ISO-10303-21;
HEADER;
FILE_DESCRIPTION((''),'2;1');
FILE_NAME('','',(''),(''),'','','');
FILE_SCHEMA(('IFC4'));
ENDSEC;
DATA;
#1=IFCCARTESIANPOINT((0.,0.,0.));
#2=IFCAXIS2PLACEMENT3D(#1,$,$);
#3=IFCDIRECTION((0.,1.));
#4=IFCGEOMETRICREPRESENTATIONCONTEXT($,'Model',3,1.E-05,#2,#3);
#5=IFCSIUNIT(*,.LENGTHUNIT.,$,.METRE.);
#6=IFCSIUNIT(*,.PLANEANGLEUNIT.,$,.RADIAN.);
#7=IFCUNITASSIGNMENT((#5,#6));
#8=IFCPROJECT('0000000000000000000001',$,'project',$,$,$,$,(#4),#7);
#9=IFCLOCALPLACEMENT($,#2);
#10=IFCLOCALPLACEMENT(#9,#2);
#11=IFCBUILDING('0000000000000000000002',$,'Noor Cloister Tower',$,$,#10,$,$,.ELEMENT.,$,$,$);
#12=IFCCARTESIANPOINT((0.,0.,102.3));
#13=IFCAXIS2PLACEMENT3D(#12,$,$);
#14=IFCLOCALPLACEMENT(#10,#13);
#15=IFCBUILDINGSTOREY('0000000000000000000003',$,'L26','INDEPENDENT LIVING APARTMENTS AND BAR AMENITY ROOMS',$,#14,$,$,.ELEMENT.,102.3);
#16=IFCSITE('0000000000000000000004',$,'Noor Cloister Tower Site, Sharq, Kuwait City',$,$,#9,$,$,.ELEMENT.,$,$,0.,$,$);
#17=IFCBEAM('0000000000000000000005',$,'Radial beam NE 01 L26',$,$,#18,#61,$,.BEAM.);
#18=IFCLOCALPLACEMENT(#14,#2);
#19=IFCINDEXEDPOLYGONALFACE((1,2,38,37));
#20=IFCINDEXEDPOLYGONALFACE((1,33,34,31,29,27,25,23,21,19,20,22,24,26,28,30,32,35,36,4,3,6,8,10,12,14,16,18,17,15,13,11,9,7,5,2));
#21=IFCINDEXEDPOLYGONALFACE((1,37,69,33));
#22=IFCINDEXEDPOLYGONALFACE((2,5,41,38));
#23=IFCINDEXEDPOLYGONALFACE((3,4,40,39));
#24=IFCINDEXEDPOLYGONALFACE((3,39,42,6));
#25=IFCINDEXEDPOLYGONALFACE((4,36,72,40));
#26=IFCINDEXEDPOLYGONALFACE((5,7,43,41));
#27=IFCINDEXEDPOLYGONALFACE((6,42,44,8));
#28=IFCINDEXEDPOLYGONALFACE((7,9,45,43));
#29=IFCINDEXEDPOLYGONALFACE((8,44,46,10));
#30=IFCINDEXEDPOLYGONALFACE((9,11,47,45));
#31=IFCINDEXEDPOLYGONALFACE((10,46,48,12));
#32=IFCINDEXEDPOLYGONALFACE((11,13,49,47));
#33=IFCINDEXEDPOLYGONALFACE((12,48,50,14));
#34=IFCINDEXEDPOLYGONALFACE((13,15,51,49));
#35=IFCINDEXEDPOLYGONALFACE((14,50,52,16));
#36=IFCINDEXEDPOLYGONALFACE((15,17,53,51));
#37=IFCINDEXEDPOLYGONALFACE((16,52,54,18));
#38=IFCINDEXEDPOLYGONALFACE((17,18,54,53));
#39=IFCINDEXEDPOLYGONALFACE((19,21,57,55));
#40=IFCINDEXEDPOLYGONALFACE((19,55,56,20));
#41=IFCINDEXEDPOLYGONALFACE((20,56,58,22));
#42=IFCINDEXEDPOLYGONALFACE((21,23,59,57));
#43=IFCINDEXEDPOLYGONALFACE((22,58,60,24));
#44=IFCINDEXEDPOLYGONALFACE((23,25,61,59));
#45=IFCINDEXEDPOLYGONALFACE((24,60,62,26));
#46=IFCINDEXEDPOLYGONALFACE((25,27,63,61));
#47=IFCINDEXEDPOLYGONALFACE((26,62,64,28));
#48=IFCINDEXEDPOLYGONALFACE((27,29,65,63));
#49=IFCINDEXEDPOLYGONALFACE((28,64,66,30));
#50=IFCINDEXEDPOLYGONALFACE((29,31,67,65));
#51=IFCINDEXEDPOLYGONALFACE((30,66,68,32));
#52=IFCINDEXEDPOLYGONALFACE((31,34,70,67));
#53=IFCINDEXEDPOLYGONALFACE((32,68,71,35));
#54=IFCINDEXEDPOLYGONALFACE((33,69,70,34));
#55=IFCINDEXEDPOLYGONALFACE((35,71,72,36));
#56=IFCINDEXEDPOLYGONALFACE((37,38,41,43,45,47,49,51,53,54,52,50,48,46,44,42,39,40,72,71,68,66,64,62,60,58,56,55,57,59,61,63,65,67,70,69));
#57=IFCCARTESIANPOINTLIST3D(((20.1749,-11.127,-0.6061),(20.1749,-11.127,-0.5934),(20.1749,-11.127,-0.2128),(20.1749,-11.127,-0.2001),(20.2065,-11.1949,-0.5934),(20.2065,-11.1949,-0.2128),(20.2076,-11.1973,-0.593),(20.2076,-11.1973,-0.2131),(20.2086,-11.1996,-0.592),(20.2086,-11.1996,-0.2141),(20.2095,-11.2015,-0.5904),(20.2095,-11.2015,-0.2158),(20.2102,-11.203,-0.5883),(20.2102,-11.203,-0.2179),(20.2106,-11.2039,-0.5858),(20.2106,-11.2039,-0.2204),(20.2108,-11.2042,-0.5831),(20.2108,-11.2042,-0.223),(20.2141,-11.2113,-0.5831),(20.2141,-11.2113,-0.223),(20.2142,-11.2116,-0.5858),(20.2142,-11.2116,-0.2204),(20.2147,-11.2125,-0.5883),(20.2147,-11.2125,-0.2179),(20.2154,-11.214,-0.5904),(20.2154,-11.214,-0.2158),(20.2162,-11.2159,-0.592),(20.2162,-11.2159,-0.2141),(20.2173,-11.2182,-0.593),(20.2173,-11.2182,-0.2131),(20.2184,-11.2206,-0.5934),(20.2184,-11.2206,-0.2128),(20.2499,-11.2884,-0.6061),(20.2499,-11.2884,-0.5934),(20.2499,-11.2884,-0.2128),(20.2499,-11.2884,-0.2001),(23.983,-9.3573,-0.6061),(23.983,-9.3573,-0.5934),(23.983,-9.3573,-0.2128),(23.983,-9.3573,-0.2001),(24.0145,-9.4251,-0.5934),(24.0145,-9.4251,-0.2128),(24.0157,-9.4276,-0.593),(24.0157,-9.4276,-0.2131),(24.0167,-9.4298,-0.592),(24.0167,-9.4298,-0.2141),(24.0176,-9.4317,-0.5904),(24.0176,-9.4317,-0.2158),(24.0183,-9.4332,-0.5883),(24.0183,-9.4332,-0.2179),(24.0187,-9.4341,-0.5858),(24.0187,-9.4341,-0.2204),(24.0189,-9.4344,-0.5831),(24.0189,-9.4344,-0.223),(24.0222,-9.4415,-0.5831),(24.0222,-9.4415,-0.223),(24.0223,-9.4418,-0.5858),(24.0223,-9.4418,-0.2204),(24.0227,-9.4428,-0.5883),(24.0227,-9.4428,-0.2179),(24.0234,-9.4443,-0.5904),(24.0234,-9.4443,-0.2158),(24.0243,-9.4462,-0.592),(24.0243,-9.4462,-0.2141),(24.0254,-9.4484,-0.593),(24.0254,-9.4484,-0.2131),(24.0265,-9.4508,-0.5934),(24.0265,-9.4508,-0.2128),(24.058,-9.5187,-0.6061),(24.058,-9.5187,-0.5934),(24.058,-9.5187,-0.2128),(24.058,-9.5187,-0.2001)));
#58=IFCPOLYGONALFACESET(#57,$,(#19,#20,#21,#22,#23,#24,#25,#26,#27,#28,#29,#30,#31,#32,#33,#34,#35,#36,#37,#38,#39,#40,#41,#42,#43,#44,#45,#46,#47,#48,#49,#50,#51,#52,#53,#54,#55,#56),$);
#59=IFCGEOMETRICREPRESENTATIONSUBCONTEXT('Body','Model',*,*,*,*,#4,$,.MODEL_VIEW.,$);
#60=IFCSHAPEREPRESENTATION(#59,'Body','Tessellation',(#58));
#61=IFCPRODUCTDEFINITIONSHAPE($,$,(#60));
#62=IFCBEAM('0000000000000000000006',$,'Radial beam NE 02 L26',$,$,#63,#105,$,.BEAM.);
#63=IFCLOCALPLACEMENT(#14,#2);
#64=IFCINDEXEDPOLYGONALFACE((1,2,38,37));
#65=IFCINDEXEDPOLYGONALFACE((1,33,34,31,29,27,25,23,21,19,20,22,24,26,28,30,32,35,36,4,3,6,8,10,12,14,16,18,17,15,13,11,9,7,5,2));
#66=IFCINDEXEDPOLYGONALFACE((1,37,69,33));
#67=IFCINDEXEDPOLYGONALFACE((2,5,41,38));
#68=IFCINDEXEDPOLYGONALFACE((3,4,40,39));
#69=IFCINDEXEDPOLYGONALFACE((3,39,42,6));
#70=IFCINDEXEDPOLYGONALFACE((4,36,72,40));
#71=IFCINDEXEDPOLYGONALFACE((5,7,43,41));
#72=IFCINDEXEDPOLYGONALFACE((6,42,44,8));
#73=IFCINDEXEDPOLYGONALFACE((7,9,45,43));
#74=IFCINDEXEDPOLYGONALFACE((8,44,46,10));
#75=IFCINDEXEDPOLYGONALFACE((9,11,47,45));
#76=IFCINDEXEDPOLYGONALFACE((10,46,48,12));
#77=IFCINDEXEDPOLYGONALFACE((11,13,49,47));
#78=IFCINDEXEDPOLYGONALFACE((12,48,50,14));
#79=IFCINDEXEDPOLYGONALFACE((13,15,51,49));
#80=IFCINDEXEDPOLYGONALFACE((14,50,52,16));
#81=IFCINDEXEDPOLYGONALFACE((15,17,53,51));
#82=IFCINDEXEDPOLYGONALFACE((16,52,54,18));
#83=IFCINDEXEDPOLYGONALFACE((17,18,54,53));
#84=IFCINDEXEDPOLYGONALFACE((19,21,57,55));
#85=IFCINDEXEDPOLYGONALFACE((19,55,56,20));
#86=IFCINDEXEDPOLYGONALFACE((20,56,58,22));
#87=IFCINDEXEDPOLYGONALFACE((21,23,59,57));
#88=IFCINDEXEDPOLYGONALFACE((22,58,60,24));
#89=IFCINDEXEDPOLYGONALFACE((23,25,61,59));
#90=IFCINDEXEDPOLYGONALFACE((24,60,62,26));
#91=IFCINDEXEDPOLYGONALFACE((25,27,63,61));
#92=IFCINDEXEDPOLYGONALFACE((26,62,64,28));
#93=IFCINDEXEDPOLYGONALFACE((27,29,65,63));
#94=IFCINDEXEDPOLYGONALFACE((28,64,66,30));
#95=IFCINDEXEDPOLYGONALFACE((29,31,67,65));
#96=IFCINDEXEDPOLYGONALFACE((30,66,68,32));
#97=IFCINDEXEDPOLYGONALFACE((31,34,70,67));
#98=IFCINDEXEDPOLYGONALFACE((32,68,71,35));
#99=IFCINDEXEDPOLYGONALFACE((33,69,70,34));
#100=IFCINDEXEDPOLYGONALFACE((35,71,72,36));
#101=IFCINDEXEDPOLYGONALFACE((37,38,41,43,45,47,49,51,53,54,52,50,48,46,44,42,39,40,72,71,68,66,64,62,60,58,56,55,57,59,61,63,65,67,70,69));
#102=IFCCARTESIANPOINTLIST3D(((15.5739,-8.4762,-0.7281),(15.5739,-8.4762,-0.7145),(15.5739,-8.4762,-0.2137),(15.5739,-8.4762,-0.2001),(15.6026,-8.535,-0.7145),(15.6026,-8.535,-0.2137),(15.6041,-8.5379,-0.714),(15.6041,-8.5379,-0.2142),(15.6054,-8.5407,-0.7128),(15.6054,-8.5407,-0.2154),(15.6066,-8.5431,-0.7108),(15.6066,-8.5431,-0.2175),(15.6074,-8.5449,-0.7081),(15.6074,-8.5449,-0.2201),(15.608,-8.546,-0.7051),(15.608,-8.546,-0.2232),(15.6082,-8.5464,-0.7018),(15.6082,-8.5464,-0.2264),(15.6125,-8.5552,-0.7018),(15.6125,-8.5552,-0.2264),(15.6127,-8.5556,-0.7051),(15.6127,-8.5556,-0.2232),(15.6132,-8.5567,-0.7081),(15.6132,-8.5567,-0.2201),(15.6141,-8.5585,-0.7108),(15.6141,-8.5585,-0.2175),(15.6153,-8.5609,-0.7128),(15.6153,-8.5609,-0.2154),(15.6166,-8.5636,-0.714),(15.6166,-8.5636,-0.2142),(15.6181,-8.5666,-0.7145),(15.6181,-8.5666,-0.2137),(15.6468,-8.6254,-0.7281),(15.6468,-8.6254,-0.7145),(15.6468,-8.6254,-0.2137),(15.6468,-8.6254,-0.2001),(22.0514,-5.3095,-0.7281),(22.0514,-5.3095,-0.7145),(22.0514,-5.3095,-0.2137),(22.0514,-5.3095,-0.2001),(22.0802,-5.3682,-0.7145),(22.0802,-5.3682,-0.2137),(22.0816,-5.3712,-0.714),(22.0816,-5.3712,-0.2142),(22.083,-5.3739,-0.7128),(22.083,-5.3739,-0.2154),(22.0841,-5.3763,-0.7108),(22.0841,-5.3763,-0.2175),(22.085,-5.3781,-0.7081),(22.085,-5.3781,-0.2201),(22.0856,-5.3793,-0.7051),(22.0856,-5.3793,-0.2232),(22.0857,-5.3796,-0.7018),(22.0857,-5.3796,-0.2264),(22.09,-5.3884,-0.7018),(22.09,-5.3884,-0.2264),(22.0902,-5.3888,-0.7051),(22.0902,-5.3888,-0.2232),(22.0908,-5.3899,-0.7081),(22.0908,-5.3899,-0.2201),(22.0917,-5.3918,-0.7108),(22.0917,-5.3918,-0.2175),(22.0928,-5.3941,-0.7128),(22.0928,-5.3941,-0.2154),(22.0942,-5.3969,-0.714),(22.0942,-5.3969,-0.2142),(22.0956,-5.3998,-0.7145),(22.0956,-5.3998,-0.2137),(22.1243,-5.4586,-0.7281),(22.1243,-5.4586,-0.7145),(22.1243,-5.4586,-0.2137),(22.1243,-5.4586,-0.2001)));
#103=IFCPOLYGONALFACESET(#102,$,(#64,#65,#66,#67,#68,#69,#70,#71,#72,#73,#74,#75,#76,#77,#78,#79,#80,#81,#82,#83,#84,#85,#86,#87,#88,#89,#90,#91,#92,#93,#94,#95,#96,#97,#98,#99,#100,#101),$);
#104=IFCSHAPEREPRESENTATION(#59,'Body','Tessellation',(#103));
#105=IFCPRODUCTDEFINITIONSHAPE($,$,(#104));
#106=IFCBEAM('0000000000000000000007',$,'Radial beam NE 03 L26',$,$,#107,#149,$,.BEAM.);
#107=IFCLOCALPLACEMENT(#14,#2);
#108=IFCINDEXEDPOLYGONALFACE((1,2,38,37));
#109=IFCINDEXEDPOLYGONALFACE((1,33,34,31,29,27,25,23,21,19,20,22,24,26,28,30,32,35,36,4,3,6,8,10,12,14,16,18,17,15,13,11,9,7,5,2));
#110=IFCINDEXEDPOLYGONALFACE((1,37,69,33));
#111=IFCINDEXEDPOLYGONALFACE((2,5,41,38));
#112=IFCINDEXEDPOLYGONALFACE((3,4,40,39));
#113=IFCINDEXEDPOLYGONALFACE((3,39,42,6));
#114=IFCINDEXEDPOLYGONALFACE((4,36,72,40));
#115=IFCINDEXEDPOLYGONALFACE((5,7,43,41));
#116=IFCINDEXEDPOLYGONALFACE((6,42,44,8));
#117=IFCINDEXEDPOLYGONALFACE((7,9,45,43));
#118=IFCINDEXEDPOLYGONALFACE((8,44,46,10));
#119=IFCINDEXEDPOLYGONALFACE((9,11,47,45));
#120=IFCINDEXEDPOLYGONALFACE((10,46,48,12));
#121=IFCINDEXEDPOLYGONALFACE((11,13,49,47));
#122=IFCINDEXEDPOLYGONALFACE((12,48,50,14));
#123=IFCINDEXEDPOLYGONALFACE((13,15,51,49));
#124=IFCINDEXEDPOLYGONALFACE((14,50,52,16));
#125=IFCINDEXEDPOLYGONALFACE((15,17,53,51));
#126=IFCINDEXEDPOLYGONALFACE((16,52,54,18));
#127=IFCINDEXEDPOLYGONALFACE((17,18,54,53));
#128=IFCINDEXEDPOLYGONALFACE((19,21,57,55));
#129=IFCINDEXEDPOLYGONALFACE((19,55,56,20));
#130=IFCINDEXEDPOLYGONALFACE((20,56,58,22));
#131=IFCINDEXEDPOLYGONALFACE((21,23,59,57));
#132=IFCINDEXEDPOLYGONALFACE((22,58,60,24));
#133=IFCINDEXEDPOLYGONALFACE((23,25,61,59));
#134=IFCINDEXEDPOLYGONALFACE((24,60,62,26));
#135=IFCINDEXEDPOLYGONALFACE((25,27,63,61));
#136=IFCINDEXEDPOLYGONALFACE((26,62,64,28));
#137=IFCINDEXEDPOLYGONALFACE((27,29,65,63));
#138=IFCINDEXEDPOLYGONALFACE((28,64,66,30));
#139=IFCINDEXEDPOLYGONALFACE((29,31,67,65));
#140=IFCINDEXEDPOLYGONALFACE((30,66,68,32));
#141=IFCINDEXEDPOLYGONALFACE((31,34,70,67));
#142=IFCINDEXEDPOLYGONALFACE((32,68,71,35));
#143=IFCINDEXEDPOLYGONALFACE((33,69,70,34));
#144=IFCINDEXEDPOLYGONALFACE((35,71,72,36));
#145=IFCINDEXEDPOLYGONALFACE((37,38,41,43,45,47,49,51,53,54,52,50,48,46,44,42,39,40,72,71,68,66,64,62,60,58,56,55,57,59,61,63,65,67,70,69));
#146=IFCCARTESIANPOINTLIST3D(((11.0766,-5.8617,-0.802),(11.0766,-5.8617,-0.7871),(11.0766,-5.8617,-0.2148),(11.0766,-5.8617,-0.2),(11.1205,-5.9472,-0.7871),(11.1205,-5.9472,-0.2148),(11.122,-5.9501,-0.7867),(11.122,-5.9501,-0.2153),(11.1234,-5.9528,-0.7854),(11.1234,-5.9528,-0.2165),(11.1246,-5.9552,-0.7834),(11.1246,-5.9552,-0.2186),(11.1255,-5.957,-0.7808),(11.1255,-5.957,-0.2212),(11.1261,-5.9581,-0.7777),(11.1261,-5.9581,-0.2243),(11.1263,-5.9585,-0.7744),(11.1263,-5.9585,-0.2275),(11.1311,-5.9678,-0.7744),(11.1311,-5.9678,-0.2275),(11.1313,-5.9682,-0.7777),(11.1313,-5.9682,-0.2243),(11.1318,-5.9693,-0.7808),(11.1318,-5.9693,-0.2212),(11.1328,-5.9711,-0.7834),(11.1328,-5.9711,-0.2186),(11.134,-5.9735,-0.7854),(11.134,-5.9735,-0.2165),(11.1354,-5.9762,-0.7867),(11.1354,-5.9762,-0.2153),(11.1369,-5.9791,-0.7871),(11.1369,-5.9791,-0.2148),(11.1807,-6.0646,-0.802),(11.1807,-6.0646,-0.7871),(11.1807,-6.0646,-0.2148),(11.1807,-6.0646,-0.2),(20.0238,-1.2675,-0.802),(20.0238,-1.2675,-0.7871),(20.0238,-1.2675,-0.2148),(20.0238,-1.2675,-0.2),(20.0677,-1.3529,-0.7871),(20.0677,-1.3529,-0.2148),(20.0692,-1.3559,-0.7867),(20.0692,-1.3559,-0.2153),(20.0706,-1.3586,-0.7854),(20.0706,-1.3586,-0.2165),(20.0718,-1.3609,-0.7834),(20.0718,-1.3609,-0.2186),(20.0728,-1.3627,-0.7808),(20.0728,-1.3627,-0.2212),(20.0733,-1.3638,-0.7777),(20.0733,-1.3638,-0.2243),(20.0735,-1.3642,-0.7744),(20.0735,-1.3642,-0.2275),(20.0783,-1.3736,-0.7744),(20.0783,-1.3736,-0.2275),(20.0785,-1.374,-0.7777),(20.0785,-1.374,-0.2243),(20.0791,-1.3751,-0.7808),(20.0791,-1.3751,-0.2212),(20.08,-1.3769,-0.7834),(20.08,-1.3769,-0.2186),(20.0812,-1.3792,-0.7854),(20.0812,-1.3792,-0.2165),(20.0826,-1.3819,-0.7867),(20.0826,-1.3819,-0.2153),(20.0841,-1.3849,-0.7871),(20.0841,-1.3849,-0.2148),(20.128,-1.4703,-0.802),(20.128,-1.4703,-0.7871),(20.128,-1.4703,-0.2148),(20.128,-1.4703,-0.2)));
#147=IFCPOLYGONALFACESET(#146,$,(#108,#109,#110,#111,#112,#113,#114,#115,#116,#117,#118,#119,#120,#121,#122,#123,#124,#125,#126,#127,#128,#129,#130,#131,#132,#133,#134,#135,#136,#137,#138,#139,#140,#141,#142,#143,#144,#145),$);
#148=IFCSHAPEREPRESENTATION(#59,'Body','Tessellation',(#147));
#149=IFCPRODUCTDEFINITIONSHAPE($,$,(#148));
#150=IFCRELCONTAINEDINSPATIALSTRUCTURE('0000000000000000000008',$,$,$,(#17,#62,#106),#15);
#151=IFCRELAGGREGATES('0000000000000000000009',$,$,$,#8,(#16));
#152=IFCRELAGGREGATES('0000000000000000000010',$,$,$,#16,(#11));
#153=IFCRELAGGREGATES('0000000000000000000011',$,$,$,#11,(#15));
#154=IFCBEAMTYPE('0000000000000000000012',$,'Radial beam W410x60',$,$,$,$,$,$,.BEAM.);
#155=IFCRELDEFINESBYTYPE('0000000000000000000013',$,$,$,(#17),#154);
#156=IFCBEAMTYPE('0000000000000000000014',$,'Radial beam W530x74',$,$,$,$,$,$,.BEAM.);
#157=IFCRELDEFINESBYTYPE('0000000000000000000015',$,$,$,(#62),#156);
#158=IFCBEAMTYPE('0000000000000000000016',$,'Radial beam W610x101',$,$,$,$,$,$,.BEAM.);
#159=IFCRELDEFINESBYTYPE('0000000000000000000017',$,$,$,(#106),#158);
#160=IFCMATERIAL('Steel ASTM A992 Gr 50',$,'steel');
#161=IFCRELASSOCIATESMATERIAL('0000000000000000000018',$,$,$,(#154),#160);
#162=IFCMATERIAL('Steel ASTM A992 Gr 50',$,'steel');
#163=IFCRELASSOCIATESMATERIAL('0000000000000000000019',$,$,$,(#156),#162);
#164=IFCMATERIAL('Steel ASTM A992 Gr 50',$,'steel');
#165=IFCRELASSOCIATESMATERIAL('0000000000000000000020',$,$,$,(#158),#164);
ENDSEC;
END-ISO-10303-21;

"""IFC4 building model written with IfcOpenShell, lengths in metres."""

from ifc_helpers import new_model, si_unit, direction, frame, origin, origin_2d, place, context, subcontext, project, spatial, i_section, extrude, material, material_profile, profile_set, type_object, element, save


model = new_model("IFC4")

# Units and contexts
model_context = context("Model", 3, precision=1e-05, world=origin(), true_north=direction((0.0, 1.0)))
body_context = subcontext(model_context, "Body", "Model", "MODEL_VIEW")
ifc_project = project(units=[si_unit("LENGTHUNIT", "METRE"), si_unit("PLANEANGLEUNIT", "RADIAN")], contexts=[model_context])

# Site, building, storey
site_placement = place(None, origin())
site = spatial("IfcSite", under=ifc_project, at=site_placement, Name="Noor Cloister Tower Site, Sharq, Kuwait City", CompositionType="ELEMENT", RefElevation=0.0)
building_placement = place(site_placement, origin())
building = spatial("IfcBuilding", under=site, at=building_placement, Name="Noor Cloister Tower", CompositionType="ELEMENT")
storey_placement = place(building_placement, frame((0.0, 0.0, 102.3)))
storey = spatial("IfcBuildingStorey", under=building, at=storey_placement, Name="L26", Description="INDEPENDENT LIVING APARTMENTS AND BAR AMENITY ROOMS", CompositionType="ELEMENT", Elevation=102.3)

# Beams
ifc_material_1 = material(Name="Steel ASTM A992 Gr 50", Category="steel")
ifc_material_profile_1 = material_profile(ifc_material_1, i_section(OverallWidth=0.178, OverallDepth=0.406, WebThickness=0.0078, FlangeThickness=0.0127, FilletRadius=0.0103, at=origin_2d()), Name="W410x60")
ifc_profile_set_1 = profile_set([ifc_material_profile_1], Name="Steel ASTM A992 Gr 50")
beam_type_1 = type_object("IfcBeamType", Name="Radial beam W410x60", PredefinedType="BEAM", material=ifc_profile_set_1)
beam_1_placement = place(storey_placement, frame((24.0205, -9.438, -0.4031), z_axis=(-0.906852, -0.421449, 0.0), x_axis=(0.421449, -0.906852, 0.0)))
element("IfcBeam", 1, at=beam_1_placement, inside=storey, type_object=beam_type_1, Name="Radial beam NE 01 L26", PredefinedType="BEAM", context=body_context, shape_type="SweptSolid", body=[
    extrude(i_section(OverallWidth=0.178, OverallDepth=0.406, WebThickness=0.0078, FlangeThickness=0.0127, FilletRadius=0.0103, at=origin_2d()), origin(), (0.0, 0.0, 1.0), 4.1992),
])
ifc_material_2 = material(Name="Steel ASTM A992 Gr 50", Category="steel")
ifc_material_profile_2 = material_profile(ifc_material_2, i_section(OverallWidth=0.166, OverallDepth=0.5281, WebThickness=0.0098, FlangeThickness=0.0137, FilletRadius=0.0127, at=origin_2d()), Name="W530x74")
ifc_profile_set_2 = profile_set([ifc_material_profile_2], Name="Steel ASTM A992 Gr 50")
beam_type_2 = type_object("IfcBeamType", Name="Radial beam W530x74", PredefinedType="BEAM", material=ifc_profile_set_2)
beam_2_placement = place(storey_placement, frame((22.0879, -5.384, -0.4641), z_axis=(-0.898387, -0.439205, 0.0), x_axis=(0.439205, -0.898387, 0.0)))
element("IfcBeam", 2, at=beam_2_placement, inside=storey, type_object=beam_type_2, Name="Radial beam NE 02 L26", PredefinedType="BEAM", context=body_context, shape_type="SweptSolid", body=[
    extrude(i_section(OverallWidth=0.166, OverallDepth=0.5281, WebThickness=0.0098, FlangeThickness=0.0137, FilletRadius=0.0127, at=origin_2d()), origin(), (0.0, 0.0, 1.0), 7.2102),
])
ifc_material_3 = material(Name="Steel ASTM A992 Gr 50", Category="steel")
ifc_material_profile_3 = material_profile(ifc_material_3, i_section(OverallWidth=0.228, OverallDepth=0.6021, WebThickness=0.0105, FlangeThickness=0.0149, FilletRadius=0.0127, at=origin_2d()), Name="W610x101")
ifc_profile_set_3 = profile_set([ifc_material_profile_3], Name="Steel ASTM A992 Gr 50")
beam_type_3 = type_object("IfcBeamType", Name="Radial beam W610x101", PredefinedType="BEAM", material=ifc_profile_set_3)
beam_3_placement = place(storey_placement, frame((20.0759, -1.3689, -0.501), z_axis=(-0.889579, -0.456781, 0.0), x_axis=(0.456781, -0.889579, 0.0)))
element("IfcBeam", 3, at=beam_3_placement, inside=storey, type_object=beam_type_3, Name="Radial beam NE 03 L26", PredefinedType="BEAM", context=body_context, shape_type="SweptSolid", body=[
    extrude(i_section(OverallWidth=0.228, OverallDepth=0.6021, WebThickness=0.0105, FlangeThickness=0.0149, FilletRadius=0.0127, at=origin_2d()), origin(), (0.0, 0.0, 1.0), 10.0579),
])

save(model, "model.ifc")
